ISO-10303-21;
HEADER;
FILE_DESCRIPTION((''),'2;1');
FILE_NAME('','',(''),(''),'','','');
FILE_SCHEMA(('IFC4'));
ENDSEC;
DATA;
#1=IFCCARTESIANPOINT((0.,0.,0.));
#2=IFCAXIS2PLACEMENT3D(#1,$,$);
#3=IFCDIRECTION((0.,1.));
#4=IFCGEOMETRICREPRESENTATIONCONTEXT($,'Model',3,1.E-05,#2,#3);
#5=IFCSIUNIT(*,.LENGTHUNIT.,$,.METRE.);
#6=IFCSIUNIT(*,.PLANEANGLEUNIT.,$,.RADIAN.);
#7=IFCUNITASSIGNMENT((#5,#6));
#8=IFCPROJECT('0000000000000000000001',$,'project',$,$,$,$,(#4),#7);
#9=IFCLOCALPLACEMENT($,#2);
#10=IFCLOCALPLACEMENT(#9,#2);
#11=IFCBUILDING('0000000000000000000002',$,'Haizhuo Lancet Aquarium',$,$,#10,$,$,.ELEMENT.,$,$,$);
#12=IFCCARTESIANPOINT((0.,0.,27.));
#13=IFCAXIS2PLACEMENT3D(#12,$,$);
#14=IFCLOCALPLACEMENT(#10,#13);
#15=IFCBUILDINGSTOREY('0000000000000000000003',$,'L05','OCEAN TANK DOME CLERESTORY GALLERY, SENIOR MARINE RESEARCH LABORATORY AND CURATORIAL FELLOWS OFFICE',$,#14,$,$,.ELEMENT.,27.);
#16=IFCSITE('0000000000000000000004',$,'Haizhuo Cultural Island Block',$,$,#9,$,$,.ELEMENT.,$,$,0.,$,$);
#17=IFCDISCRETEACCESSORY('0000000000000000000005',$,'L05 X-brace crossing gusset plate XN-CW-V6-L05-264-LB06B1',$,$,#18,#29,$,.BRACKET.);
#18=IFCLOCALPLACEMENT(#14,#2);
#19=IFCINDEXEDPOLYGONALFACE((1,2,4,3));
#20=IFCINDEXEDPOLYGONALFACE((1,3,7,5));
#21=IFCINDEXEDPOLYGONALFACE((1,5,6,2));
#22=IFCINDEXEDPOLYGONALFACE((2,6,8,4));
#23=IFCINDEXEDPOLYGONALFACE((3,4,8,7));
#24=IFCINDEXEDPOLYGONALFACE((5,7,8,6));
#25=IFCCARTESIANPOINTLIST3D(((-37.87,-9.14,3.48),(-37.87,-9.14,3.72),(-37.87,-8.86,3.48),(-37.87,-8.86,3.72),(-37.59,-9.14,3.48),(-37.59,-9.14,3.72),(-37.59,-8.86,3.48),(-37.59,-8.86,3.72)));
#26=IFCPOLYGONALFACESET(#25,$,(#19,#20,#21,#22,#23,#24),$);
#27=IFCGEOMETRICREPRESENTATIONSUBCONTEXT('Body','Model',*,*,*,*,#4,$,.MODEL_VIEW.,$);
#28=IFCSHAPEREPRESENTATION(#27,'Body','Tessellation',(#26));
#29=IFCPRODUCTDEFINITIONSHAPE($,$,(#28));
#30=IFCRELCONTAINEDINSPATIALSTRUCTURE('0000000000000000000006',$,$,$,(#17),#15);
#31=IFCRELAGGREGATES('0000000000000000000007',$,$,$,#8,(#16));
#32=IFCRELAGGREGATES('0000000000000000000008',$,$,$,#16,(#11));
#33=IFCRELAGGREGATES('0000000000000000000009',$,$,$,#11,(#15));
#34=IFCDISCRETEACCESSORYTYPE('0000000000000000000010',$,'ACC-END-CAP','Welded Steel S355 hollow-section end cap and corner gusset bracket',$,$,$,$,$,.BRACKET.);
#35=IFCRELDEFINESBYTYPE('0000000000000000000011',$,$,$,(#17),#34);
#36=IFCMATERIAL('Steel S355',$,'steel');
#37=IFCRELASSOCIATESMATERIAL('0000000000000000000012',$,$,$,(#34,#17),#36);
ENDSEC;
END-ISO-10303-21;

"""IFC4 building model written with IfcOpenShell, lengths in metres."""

from ifc_helpers import new_model, si_unit, direction, frame, origin, origin_2d, place, context, subcontext, project, spatial, rectangle, extrude, material, type_object, element, save


model = new_model("IFC4")

# Units and contexts
model_context = context("Model", 3, precision=1e-05, world=origin(), true_north=direction((0.0, 1.0)))
body_context = subcontext(model_context, "Body", "Model", "MODEL_VIEW")
ifc_project = project(units=[si_unit("LENGTHUNIT", "METRE"), si_unit("PLANEANGLEUNIT", "RADIAN")], contexts=[model_context])

# Site, building, storey
site_placement = place(None, origin())
site = spatial("IfcSite", under=ifc_project, at=site_placement, Name="Haizhuo Cultural Island Block", CompositionType="ELEMENT", RefElevation=0.0)
building_placement = place(site_placement, origin())
building = spatial("IfcBuilding", under=site, at=building_placement, Name="Haizhuo Lancet Aquarium", CompositionType="ELEMENT")
storey_placement = place(building_placement, frame((0.0, 0.0, 27.0)))
storey = spatial("IfcBuildingStorey", under=building, at=storey_placement, Name="L05", Description="OCEAN TANK DOME CLERESTORY GALLERY, SENIOR MARINE RESEARCH LABORATORY AND CURATORIAL FELLOWS OFFICE", CompositionType="ELEMENT", Elevation=27.0)

# Shared definitions
ifc_material_1 = material(Name="Steel S355", Category="steel")

# Discrete accessory
discrete_accessory_type = type_object("IfcDiscreteAccessoryType", Name="ACC-END-CAP", Description="Welded Steel S355 hollow-section end cap and corner gusset bracket", PredefinedType="BRACKET", material=ifc_material_1)
for number, where, z_axis, x_axis, name in (
    (1, (-37.73, -9.0, 3.48), (0.0, 0.0, 1.0), (1.0, 0.0, 0.0), "L05 X-brace crossing gusset plate XN-CW-V6-L05-264-LB06B1"),
):
    element("IfcDiscreteAccessory", number, at=place(storey_placement, frame(where, z_axis=z_axis, x_axis=x_axis)), inside=storey, type_object=discrete_accessory_type, material=ifc_material_1, Name=name, PredefinedType="BRACKET", context=body_context, shape_type="SweptSolid", body=[
        extrude(rectangle(XDim=0.28, YDim=0.28, at=origin_2d()), origin(), (0.0, 0.0, 1.0), 0.24),
    ])

save(model, "model.ifc")
